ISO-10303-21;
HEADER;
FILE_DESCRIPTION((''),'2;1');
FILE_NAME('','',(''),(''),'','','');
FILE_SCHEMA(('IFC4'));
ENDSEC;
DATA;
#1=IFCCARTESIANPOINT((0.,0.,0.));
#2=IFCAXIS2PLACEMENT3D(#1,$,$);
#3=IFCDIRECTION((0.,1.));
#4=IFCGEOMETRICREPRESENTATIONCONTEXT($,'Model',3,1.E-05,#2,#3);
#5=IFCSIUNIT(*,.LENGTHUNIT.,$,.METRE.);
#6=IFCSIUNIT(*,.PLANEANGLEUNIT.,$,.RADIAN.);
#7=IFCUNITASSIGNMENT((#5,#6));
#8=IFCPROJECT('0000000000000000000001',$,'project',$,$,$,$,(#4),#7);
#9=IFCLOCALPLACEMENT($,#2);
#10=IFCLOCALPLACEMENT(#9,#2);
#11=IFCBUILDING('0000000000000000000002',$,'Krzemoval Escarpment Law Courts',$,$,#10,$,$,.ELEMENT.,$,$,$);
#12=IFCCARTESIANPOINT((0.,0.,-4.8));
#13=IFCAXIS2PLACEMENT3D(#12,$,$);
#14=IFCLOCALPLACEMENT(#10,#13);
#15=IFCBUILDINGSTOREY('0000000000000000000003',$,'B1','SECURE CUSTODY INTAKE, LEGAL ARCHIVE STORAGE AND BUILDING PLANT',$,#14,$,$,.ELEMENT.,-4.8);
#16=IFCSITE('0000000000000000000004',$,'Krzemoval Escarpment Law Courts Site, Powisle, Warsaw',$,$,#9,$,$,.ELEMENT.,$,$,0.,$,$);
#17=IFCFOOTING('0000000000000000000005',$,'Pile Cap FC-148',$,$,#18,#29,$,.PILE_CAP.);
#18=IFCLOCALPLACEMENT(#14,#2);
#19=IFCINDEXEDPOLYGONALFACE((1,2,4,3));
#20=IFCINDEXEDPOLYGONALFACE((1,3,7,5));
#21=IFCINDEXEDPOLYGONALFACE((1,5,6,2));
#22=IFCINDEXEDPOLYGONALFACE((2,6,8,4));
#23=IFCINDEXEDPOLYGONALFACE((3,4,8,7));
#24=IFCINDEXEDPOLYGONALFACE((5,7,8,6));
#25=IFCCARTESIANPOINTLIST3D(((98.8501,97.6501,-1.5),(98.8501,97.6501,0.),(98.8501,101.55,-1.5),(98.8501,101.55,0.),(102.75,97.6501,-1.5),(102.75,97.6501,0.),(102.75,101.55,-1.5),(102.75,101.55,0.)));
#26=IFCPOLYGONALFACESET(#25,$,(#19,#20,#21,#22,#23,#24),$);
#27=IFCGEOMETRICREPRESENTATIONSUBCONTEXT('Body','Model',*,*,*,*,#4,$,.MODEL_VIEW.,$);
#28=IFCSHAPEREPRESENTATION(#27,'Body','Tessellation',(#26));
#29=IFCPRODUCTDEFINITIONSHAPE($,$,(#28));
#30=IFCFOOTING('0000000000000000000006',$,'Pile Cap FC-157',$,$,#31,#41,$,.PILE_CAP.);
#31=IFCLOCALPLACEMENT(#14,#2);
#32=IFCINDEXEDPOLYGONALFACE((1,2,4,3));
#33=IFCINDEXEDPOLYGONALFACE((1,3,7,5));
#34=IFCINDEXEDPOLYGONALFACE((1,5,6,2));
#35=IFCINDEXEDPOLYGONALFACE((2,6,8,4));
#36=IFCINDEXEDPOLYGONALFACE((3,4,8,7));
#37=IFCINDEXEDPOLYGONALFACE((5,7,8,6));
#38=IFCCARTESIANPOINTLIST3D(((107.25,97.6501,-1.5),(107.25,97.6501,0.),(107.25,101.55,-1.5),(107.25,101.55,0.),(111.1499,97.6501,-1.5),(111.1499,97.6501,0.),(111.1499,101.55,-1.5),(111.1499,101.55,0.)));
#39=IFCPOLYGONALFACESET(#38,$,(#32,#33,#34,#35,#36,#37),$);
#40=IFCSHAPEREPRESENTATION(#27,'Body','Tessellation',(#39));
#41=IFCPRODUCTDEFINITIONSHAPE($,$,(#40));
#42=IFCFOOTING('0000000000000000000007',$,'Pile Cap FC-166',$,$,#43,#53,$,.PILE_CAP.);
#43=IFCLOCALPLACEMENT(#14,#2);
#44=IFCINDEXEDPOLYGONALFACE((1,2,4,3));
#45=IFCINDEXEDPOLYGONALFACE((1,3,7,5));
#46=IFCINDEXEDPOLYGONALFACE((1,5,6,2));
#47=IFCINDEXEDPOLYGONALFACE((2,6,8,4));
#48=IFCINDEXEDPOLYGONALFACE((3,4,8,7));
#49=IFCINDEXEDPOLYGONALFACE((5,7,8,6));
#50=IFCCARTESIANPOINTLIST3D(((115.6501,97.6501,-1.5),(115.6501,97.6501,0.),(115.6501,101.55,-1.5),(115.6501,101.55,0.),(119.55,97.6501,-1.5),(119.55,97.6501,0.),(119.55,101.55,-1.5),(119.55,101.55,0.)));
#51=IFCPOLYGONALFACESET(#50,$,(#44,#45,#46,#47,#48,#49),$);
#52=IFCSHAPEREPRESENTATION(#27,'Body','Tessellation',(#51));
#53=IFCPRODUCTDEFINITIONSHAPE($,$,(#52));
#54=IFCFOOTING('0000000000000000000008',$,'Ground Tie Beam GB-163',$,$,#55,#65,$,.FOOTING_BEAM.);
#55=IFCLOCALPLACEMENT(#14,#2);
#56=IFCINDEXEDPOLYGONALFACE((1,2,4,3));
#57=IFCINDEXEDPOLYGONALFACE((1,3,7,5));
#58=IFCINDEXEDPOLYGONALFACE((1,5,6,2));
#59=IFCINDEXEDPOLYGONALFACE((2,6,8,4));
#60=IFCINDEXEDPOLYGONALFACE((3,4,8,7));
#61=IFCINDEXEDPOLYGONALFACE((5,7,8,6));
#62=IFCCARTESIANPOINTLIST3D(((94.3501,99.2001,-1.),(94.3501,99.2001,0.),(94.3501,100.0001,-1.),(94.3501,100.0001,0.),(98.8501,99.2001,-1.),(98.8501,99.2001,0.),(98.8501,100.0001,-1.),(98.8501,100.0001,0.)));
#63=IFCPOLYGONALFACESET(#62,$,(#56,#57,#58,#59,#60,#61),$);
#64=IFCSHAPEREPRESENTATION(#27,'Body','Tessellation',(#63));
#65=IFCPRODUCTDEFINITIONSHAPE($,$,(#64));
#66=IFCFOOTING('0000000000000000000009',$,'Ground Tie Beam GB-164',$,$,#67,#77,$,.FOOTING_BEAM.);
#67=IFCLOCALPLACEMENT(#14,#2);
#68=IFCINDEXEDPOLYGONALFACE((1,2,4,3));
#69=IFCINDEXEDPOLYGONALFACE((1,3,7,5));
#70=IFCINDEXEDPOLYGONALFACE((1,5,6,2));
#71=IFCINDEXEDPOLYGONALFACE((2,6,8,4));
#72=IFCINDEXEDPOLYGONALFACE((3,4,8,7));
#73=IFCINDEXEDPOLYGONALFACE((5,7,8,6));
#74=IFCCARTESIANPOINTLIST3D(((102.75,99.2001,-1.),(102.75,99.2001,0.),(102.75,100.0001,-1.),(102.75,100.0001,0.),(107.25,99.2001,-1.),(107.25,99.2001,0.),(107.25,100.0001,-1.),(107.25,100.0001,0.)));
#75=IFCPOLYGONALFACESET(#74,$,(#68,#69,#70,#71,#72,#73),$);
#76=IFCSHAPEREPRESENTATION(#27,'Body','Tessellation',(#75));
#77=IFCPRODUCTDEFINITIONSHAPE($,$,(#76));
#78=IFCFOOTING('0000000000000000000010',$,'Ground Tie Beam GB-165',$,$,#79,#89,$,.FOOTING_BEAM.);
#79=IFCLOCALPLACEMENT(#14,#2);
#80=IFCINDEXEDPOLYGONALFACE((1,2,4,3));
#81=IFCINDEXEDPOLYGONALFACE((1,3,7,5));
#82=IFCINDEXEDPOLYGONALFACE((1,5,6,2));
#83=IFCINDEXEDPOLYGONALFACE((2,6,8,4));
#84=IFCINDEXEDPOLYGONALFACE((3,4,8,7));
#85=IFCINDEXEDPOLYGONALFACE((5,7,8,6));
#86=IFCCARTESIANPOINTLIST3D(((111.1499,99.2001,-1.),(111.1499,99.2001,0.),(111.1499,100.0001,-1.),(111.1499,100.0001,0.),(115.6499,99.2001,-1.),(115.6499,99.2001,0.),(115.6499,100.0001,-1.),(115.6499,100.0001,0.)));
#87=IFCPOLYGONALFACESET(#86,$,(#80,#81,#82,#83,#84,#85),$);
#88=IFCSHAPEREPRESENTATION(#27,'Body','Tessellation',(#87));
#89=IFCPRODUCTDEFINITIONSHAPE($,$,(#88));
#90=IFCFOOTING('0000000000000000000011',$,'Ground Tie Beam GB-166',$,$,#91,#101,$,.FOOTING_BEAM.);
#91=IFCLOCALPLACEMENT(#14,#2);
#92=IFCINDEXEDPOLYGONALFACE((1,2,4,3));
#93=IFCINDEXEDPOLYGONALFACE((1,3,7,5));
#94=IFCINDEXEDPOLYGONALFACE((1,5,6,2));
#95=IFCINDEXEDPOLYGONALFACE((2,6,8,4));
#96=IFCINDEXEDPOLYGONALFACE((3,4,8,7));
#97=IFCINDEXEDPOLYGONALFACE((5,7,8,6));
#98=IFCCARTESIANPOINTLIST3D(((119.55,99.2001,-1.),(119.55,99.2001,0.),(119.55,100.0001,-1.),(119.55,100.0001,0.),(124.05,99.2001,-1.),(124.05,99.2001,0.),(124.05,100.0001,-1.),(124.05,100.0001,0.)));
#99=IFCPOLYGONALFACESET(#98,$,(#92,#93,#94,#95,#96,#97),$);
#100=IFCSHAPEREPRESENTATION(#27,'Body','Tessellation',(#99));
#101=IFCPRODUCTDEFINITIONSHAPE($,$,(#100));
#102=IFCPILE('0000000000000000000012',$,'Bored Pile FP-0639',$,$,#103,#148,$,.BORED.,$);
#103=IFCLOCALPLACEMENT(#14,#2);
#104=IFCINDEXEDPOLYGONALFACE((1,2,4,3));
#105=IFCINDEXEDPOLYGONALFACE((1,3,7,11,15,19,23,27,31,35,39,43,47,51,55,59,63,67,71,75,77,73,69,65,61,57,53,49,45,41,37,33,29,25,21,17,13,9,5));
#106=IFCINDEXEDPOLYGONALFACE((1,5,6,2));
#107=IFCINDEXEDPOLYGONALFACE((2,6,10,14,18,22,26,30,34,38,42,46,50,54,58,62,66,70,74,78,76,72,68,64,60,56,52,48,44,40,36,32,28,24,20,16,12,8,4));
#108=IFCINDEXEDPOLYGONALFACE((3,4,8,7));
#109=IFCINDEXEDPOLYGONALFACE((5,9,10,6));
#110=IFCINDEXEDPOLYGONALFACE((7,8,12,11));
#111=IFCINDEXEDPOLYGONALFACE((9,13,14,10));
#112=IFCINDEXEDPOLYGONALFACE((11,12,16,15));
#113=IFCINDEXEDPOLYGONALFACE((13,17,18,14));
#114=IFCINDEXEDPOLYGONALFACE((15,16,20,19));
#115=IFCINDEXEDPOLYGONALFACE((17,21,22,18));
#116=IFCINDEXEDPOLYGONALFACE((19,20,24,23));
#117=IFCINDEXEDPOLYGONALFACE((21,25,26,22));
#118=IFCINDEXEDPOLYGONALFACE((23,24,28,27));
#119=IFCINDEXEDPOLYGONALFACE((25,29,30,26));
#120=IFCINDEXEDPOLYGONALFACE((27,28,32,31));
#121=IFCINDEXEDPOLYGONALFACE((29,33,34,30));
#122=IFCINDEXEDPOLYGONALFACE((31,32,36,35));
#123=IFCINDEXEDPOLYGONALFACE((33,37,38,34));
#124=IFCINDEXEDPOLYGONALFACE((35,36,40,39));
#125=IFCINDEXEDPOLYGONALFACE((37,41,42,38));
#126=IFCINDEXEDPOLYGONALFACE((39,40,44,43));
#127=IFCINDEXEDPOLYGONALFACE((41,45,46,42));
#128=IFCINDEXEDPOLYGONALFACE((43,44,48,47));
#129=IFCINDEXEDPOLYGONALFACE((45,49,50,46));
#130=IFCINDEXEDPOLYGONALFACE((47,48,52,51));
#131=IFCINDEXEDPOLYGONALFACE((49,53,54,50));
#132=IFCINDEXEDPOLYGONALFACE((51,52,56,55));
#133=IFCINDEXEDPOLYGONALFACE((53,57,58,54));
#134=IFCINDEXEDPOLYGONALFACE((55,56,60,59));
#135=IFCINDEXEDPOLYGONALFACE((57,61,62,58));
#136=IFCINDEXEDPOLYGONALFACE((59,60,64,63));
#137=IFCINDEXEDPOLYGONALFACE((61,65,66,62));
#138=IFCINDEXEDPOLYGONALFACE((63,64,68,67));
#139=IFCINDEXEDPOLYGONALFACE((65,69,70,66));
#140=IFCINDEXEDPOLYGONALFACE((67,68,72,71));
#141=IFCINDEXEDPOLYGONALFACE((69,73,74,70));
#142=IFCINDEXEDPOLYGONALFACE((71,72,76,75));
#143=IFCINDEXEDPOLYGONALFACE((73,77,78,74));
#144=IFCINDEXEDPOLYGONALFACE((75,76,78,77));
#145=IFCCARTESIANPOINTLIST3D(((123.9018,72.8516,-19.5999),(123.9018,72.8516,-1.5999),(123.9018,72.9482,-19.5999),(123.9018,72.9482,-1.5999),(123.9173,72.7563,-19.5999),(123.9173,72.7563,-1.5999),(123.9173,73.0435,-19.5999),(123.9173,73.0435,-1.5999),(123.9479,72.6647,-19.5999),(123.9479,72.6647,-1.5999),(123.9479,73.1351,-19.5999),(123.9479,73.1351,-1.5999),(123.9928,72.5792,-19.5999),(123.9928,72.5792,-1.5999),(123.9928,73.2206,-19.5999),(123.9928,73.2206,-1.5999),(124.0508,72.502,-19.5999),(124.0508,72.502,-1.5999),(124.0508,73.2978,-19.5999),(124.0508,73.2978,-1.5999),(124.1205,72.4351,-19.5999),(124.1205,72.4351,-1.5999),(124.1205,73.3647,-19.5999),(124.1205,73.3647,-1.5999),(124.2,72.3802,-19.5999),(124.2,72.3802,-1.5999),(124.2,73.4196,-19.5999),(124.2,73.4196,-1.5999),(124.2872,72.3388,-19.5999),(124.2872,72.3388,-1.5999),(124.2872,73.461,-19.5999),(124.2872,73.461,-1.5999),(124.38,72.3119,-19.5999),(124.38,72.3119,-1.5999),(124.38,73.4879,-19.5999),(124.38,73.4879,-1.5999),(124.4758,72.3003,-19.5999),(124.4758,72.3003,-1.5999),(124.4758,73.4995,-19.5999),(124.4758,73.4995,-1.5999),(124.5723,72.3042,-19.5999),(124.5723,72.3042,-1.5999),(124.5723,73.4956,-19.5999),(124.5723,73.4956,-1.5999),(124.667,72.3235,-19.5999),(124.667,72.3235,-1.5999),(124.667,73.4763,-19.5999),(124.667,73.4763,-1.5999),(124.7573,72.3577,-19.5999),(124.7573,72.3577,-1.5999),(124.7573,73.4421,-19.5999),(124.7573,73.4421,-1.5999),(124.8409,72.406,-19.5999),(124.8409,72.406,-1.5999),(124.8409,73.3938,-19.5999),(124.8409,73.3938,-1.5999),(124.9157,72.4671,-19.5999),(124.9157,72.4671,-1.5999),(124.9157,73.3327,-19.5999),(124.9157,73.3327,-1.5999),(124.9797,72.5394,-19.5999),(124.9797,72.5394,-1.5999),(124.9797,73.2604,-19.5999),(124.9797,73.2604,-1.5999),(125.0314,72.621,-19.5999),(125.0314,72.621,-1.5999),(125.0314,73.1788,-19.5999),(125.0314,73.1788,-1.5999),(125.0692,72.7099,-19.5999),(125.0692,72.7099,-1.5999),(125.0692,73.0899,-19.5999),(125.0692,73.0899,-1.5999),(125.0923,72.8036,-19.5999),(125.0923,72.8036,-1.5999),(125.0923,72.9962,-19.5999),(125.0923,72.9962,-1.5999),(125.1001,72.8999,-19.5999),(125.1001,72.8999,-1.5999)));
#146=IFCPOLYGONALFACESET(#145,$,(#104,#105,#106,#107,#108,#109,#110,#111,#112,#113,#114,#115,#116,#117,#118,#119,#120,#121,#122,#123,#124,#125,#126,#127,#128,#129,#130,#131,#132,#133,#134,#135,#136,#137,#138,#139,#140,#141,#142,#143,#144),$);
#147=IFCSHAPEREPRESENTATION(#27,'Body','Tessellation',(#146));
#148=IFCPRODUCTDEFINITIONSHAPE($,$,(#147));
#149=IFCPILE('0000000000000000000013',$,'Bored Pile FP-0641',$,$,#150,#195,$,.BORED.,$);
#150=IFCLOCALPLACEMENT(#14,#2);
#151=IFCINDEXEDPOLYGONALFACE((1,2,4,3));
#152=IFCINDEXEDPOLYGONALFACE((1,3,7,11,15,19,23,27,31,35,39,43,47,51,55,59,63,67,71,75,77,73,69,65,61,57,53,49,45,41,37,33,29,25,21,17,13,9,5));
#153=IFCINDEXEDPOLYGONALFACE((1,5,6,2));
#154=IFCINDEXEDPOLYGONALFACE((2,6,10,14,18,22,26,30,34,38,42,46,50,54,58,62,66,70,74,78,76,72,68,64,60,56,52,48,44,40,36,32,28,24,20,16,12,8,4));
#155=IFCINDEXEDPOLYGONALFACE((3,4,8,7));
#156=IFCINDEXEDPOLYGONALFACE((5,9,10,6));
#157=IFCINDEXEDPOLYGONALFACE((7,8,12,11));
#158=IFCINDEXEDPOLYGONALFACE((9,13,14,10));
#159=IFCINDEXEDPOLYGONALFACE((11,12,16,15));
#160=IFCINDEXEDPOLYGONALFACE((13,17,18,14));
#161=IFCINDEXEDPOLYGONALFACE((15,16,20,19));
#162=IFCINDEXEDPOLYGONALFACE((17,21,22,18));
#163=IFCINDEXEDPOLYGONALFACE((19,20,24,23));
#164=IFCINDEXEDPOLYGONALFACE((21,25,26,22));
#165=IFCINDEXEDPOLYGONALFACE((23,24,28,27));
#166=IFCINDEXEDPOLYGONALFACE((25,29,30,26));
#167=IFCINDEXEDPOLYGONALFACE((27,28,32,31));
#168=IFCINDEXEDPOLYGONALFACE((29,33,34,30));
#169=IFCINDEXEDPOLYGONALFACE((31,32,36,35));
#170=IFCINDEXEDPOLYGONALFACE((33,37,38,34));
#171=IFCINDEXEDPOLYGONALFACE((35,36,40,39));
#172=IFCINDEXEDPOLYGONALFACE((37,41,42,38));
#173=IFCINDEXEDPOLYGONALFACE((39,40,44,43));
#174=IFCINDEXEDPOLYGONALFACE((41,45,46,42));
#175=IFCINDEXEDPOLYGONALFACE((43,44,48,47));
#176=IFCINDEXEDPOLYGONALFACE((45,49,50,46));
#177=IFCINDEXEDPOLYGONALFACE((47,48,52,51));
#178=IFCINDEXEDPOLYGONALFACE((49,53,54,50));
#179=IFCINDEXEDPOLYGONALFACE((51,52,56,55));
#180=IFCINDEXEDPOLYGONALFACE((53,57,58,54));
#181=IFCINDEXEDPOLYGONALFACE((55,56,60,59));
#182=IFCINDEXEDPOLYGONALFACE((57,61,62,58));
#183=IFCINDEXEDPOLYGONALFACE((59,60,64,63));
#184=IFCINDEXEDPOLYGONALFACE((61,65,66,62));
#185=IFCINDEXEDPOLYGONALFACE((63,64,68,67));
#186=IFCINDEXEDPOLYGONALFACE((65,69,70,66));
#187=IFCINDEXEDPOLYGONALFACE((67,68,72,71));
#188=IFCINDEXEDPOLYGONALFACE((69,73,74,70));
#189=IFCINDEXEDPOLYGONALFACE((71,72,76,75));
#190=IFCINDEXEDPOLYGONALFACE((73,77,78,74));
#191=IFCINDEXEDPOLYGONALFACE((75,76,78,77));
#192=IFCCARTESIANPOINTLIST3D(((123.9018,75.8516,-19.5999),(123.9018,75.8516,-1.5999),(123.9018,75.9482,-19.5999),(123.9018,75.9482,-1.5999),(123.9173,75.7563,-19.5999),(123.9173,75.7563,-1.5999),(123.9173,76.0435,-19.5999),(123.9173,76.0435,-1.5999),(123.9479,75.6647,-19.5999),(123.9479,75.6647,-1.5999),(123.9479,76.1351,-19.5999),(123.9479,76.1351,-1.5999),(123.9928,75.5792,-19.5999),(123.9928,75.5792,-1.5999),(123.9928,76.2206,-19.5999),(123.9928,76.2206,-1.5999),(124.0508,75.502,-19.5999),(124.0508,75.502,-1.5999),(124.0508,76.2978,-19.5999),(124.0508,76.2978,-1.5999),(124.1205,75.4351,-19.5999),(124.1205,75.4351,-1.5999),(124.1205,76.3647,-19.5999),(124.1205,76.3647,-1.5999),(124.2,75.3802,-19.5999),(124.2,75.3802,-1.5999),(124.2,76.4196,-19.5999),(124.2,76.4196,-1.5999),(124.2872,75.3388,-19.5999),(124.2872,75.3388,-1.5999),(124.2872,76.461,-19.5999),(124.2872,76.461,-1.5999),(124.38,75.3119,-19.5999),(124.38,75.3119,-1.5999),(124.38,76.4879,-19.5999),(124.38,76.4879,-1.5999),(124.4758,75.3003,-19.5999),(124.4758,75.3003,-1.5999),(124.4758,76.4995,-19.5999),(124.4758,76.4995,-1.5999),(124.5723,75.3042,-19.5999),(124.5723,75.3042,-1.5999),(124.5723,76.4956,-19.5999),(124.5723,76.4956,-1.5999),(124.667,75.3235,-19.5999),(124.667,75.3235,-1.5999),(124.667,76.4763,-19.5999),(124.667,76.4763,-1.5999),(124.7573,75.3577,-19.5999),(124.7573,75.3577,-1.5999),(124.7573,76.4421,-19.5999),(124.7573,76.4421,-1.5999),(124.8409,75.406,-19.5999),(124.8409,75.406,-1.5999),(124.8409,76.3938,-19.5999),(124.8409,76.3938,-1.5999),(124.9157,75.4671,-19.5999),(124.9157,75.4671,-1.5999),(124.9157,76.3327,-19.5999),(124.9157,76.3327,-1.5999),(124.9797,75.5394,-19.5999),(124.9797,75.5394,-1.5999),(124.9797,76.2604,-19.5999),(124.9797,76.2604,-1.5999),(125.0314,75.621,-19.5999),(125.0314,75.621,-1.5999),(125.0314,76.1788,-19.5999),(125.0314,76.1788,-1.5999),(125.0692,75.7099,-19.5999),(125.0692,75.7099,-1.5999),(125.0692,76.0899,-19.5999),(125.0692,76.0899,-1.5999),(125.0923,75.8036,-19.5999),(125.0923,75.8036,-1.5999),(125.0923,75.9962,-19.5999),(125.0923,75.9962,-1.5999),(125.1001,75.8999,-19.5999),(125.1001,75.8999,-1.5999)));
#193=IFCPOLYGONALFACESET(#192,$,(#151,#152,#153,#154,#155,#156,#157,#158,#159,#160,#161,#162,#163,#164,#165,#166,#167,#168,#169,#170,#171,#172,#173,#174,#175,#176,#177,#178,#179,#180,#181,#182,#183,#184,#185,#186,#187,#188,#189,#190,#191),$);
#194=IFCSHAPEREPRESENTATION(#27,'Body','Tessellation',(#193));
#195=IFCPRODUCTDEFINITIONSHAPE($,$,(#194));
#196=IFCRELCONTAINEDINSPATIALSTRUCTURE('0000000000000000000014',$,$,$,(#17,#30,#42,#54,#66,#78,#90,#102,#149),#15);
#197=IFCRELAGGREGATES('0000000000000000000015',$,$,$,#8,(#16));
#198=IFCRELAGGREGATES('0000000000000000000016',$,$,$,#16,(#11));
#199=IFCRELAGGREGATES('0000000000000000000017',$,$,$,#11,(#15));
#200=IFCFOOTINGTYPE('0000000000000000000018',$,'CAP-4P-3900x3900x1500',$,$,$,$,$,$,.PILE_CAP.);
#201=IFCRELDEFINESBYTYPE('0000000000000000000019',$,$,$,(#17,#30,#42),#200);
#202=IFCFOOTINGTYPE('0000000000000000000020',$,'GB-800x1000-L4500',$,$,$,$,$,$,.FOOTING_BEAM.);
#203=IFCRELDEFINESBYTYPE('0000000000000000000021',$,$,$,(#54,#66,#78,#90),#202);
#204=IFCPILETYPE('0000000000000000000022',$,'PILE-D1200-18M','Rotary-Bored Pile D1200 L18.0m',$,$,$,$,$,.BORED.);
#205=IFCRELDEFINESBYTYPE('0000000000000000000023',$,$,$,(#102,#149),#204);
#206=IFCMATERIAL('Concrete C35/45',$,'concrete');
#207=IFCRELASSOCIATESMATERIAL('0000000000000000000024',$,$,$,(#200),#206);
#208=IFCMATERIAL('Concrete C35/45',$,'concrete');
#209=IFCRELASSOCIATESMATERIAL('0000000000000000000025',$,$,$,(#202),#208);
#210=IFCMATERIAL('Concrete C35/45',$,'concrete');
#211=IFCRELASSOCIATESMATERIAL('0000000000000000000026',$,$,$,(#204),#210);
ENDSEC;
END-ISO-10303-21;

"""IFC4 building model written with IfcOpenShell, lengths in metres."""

from ifc_helpers import new_model, si_unit, direction, frame, origin, origin_2d, place, context, subcontext, project, spatial, rectangle, circle, extrude, material, material_profile, profile_set, type_object, element, save


model = new_model("IFC4")

# Units and contexts
model_context = context("Model", 3, precision=1e-05, world=origin(), true_north=direction((0.0, 1.0)))
body_context = subcontext(model_context, "Body", "Model", "MODEL_VIEW")
ifc_project = project(units=[si_unit("LENGTHUNIT", "METRE"), si_unit("PLANEANGLEUNIT", "RADIAN")], contexts=[model_context])

# Site, building, storey
site_placement = place(None, origin())
site = spatial("IfcSite", under=ifc_project, at=site_placement, Name="Krzemoval Escarpment Law Courts Site, Powisle, Warsaw", CompositionType="ELEMENT", RefElevation=0.0)
building_placement = place(site_placement, origin())
building = spatial("IfcBuilding", under=site, at=building_placement, Name="Krzemoval Escarpment Law Courts", CompositionType="ELEMENT")
storey_placement = place(building_placement, frame((0.0, 0.0, -4.8)))
storey = spatial("IfcBuildingStorey", under=building, at=storey_placement, Name="B1", Description="SECURE CUSTODY INTAKE, LEGAL ARCHIVE STORAGE AND BUILDING PLANT", CompositionType="ELEMENT", Elevation=-4.8)

# Footings
ifc_material_1 = material(Name="Concrete C35/45", Category="concrete")
footing_type_1 = type_object("IfcFootingType", Name="CAP-4P-3900x3900x1500", PredefinedType="PILE_CAP", material=ifc_material_1)
for number, where, z_axis, x_axis, name in (
    (1, (100.8, 99.6001, -1.5), (0.0, 0.0, 1.0), (1.0, 0.0, 0.0), "Pile Cap FC-148"),
    (2, (109.2, 99.6001, -1.5), (0.0, 0.0, 1.0), (1.0, 0.0, 0.0), "Pile Cap FC-157"),
    (3, (117.6001, 99.6001, -1.5), (0.0, 0.0, 1.0), (1.0, 0.0, 0.0), "Pile Cap FC-166"),
):
    element("IfcFooting", number, at=place(storey_placement, frame(where, z_axis=z_axis, x_axis=x_axis)), inside=storey, type_object=footing_type_1, Name=name, PredefinedType="PILE_CAP", context=body_context, shape_type="SweptSolid", body=[
        extrude(rectangle(XDim=3.8999, YDim=3.8999, at=origin_2d()), origin(), (0.0, 0.0, 1.0), 1.5),
    ])
ifc_material_2 = material(Name="Concrete C35/45", Category="concrete")
footing_type_2 = type_object("IfcFootingType", Name="GB-800x1000-L4500", PredefinedType="FOOTING_BEAM", material=ifc_material_2)
for number, where, z_axis, x_axis, name in (
    (4, (96.6001, 99.6001, -1.0), (0.0, 0.0, 1.0), (1.0, 0.0, 0.0), "Ground Tie Beam GB-163"),
    (5, (105.0, 99.6001, -1.0), (0.0, 0.0, 1.0), (1.0, 0.0, 0.0), "Ground Tie Beam GB-164"),
    (6, (113.3999, 99.6001, -1.0), (0.0, 0.0, 1.0), (1.0, 0.0, 0.0), "Ground Tie Beam GB-165"),
    (7, (121.8, 99.6001, -1.0), (0.0, 0.0, 1.0), (1.0, 0.0, 0.0), "Ground Tie Beam GB-166"),
):
    element("IfcFooting", number, at=place(storey_placement, frame(where, z_axis=z_axis, x_axis=x_axis)), inside=storey, type_object=footing_type_2, Name=name, PredefinedType="FOOTING_BEAM", context=body_context, shape_type="SweptSolid", body=[
        extrude(rectangle(XDim=4.5, YDim=0.8, at=origin_2d()), origin(), (0.0, 0.0, 1.0), 1.0),
    ])

# Piles
ifc_material_3 = material(Name="Concrete C35/45", Category="concrete")
ifc_material_profile_1 = material_profile(ifc_material_3, circle(Radius=0.6001, at=origin_2d()), Name="PILE D1200")
ifc_profile_set_1 = profile_set([ifc_material_profile_1], Name="Concrete C35/45")
pile_type_1 = type_object("IfcPileType", Name="PILE-D1200-18M", Description="Rotary-Bored Pile D1200 L18.0m", PredefinedType="BORED", material=ifc_profile_set_1)
for number, where, z_axis, x_axis, name in (
    (8, (124.5, 72.8999, -1.5999), (0.0, 0.0, -1.0), (1.0, 0.0, 0.0), "Bored Pile FP-0639"),
    (9, (124.5, 75.8999, -1.5999), (0.0, 0.0, -1.0), (1.0, 0.0, 0.0), "Bored Pile FP-0641"),
):
    element("IfcPile", number, at=place(storey_placement, frame(where, z_axis=z_axis, x_axis=x_axis)), inside=storey, type_object=pile_type_1, Name=name, PredefinedType="BORED", context=body_context, shape_type="SweptSolid", body=[
        extrude(circle(Radius=0.6001, at=origin_2d()), origin(), (0.0, 0.0, 1.0), 18.0),
    ])

save(model, "model.ifc")
